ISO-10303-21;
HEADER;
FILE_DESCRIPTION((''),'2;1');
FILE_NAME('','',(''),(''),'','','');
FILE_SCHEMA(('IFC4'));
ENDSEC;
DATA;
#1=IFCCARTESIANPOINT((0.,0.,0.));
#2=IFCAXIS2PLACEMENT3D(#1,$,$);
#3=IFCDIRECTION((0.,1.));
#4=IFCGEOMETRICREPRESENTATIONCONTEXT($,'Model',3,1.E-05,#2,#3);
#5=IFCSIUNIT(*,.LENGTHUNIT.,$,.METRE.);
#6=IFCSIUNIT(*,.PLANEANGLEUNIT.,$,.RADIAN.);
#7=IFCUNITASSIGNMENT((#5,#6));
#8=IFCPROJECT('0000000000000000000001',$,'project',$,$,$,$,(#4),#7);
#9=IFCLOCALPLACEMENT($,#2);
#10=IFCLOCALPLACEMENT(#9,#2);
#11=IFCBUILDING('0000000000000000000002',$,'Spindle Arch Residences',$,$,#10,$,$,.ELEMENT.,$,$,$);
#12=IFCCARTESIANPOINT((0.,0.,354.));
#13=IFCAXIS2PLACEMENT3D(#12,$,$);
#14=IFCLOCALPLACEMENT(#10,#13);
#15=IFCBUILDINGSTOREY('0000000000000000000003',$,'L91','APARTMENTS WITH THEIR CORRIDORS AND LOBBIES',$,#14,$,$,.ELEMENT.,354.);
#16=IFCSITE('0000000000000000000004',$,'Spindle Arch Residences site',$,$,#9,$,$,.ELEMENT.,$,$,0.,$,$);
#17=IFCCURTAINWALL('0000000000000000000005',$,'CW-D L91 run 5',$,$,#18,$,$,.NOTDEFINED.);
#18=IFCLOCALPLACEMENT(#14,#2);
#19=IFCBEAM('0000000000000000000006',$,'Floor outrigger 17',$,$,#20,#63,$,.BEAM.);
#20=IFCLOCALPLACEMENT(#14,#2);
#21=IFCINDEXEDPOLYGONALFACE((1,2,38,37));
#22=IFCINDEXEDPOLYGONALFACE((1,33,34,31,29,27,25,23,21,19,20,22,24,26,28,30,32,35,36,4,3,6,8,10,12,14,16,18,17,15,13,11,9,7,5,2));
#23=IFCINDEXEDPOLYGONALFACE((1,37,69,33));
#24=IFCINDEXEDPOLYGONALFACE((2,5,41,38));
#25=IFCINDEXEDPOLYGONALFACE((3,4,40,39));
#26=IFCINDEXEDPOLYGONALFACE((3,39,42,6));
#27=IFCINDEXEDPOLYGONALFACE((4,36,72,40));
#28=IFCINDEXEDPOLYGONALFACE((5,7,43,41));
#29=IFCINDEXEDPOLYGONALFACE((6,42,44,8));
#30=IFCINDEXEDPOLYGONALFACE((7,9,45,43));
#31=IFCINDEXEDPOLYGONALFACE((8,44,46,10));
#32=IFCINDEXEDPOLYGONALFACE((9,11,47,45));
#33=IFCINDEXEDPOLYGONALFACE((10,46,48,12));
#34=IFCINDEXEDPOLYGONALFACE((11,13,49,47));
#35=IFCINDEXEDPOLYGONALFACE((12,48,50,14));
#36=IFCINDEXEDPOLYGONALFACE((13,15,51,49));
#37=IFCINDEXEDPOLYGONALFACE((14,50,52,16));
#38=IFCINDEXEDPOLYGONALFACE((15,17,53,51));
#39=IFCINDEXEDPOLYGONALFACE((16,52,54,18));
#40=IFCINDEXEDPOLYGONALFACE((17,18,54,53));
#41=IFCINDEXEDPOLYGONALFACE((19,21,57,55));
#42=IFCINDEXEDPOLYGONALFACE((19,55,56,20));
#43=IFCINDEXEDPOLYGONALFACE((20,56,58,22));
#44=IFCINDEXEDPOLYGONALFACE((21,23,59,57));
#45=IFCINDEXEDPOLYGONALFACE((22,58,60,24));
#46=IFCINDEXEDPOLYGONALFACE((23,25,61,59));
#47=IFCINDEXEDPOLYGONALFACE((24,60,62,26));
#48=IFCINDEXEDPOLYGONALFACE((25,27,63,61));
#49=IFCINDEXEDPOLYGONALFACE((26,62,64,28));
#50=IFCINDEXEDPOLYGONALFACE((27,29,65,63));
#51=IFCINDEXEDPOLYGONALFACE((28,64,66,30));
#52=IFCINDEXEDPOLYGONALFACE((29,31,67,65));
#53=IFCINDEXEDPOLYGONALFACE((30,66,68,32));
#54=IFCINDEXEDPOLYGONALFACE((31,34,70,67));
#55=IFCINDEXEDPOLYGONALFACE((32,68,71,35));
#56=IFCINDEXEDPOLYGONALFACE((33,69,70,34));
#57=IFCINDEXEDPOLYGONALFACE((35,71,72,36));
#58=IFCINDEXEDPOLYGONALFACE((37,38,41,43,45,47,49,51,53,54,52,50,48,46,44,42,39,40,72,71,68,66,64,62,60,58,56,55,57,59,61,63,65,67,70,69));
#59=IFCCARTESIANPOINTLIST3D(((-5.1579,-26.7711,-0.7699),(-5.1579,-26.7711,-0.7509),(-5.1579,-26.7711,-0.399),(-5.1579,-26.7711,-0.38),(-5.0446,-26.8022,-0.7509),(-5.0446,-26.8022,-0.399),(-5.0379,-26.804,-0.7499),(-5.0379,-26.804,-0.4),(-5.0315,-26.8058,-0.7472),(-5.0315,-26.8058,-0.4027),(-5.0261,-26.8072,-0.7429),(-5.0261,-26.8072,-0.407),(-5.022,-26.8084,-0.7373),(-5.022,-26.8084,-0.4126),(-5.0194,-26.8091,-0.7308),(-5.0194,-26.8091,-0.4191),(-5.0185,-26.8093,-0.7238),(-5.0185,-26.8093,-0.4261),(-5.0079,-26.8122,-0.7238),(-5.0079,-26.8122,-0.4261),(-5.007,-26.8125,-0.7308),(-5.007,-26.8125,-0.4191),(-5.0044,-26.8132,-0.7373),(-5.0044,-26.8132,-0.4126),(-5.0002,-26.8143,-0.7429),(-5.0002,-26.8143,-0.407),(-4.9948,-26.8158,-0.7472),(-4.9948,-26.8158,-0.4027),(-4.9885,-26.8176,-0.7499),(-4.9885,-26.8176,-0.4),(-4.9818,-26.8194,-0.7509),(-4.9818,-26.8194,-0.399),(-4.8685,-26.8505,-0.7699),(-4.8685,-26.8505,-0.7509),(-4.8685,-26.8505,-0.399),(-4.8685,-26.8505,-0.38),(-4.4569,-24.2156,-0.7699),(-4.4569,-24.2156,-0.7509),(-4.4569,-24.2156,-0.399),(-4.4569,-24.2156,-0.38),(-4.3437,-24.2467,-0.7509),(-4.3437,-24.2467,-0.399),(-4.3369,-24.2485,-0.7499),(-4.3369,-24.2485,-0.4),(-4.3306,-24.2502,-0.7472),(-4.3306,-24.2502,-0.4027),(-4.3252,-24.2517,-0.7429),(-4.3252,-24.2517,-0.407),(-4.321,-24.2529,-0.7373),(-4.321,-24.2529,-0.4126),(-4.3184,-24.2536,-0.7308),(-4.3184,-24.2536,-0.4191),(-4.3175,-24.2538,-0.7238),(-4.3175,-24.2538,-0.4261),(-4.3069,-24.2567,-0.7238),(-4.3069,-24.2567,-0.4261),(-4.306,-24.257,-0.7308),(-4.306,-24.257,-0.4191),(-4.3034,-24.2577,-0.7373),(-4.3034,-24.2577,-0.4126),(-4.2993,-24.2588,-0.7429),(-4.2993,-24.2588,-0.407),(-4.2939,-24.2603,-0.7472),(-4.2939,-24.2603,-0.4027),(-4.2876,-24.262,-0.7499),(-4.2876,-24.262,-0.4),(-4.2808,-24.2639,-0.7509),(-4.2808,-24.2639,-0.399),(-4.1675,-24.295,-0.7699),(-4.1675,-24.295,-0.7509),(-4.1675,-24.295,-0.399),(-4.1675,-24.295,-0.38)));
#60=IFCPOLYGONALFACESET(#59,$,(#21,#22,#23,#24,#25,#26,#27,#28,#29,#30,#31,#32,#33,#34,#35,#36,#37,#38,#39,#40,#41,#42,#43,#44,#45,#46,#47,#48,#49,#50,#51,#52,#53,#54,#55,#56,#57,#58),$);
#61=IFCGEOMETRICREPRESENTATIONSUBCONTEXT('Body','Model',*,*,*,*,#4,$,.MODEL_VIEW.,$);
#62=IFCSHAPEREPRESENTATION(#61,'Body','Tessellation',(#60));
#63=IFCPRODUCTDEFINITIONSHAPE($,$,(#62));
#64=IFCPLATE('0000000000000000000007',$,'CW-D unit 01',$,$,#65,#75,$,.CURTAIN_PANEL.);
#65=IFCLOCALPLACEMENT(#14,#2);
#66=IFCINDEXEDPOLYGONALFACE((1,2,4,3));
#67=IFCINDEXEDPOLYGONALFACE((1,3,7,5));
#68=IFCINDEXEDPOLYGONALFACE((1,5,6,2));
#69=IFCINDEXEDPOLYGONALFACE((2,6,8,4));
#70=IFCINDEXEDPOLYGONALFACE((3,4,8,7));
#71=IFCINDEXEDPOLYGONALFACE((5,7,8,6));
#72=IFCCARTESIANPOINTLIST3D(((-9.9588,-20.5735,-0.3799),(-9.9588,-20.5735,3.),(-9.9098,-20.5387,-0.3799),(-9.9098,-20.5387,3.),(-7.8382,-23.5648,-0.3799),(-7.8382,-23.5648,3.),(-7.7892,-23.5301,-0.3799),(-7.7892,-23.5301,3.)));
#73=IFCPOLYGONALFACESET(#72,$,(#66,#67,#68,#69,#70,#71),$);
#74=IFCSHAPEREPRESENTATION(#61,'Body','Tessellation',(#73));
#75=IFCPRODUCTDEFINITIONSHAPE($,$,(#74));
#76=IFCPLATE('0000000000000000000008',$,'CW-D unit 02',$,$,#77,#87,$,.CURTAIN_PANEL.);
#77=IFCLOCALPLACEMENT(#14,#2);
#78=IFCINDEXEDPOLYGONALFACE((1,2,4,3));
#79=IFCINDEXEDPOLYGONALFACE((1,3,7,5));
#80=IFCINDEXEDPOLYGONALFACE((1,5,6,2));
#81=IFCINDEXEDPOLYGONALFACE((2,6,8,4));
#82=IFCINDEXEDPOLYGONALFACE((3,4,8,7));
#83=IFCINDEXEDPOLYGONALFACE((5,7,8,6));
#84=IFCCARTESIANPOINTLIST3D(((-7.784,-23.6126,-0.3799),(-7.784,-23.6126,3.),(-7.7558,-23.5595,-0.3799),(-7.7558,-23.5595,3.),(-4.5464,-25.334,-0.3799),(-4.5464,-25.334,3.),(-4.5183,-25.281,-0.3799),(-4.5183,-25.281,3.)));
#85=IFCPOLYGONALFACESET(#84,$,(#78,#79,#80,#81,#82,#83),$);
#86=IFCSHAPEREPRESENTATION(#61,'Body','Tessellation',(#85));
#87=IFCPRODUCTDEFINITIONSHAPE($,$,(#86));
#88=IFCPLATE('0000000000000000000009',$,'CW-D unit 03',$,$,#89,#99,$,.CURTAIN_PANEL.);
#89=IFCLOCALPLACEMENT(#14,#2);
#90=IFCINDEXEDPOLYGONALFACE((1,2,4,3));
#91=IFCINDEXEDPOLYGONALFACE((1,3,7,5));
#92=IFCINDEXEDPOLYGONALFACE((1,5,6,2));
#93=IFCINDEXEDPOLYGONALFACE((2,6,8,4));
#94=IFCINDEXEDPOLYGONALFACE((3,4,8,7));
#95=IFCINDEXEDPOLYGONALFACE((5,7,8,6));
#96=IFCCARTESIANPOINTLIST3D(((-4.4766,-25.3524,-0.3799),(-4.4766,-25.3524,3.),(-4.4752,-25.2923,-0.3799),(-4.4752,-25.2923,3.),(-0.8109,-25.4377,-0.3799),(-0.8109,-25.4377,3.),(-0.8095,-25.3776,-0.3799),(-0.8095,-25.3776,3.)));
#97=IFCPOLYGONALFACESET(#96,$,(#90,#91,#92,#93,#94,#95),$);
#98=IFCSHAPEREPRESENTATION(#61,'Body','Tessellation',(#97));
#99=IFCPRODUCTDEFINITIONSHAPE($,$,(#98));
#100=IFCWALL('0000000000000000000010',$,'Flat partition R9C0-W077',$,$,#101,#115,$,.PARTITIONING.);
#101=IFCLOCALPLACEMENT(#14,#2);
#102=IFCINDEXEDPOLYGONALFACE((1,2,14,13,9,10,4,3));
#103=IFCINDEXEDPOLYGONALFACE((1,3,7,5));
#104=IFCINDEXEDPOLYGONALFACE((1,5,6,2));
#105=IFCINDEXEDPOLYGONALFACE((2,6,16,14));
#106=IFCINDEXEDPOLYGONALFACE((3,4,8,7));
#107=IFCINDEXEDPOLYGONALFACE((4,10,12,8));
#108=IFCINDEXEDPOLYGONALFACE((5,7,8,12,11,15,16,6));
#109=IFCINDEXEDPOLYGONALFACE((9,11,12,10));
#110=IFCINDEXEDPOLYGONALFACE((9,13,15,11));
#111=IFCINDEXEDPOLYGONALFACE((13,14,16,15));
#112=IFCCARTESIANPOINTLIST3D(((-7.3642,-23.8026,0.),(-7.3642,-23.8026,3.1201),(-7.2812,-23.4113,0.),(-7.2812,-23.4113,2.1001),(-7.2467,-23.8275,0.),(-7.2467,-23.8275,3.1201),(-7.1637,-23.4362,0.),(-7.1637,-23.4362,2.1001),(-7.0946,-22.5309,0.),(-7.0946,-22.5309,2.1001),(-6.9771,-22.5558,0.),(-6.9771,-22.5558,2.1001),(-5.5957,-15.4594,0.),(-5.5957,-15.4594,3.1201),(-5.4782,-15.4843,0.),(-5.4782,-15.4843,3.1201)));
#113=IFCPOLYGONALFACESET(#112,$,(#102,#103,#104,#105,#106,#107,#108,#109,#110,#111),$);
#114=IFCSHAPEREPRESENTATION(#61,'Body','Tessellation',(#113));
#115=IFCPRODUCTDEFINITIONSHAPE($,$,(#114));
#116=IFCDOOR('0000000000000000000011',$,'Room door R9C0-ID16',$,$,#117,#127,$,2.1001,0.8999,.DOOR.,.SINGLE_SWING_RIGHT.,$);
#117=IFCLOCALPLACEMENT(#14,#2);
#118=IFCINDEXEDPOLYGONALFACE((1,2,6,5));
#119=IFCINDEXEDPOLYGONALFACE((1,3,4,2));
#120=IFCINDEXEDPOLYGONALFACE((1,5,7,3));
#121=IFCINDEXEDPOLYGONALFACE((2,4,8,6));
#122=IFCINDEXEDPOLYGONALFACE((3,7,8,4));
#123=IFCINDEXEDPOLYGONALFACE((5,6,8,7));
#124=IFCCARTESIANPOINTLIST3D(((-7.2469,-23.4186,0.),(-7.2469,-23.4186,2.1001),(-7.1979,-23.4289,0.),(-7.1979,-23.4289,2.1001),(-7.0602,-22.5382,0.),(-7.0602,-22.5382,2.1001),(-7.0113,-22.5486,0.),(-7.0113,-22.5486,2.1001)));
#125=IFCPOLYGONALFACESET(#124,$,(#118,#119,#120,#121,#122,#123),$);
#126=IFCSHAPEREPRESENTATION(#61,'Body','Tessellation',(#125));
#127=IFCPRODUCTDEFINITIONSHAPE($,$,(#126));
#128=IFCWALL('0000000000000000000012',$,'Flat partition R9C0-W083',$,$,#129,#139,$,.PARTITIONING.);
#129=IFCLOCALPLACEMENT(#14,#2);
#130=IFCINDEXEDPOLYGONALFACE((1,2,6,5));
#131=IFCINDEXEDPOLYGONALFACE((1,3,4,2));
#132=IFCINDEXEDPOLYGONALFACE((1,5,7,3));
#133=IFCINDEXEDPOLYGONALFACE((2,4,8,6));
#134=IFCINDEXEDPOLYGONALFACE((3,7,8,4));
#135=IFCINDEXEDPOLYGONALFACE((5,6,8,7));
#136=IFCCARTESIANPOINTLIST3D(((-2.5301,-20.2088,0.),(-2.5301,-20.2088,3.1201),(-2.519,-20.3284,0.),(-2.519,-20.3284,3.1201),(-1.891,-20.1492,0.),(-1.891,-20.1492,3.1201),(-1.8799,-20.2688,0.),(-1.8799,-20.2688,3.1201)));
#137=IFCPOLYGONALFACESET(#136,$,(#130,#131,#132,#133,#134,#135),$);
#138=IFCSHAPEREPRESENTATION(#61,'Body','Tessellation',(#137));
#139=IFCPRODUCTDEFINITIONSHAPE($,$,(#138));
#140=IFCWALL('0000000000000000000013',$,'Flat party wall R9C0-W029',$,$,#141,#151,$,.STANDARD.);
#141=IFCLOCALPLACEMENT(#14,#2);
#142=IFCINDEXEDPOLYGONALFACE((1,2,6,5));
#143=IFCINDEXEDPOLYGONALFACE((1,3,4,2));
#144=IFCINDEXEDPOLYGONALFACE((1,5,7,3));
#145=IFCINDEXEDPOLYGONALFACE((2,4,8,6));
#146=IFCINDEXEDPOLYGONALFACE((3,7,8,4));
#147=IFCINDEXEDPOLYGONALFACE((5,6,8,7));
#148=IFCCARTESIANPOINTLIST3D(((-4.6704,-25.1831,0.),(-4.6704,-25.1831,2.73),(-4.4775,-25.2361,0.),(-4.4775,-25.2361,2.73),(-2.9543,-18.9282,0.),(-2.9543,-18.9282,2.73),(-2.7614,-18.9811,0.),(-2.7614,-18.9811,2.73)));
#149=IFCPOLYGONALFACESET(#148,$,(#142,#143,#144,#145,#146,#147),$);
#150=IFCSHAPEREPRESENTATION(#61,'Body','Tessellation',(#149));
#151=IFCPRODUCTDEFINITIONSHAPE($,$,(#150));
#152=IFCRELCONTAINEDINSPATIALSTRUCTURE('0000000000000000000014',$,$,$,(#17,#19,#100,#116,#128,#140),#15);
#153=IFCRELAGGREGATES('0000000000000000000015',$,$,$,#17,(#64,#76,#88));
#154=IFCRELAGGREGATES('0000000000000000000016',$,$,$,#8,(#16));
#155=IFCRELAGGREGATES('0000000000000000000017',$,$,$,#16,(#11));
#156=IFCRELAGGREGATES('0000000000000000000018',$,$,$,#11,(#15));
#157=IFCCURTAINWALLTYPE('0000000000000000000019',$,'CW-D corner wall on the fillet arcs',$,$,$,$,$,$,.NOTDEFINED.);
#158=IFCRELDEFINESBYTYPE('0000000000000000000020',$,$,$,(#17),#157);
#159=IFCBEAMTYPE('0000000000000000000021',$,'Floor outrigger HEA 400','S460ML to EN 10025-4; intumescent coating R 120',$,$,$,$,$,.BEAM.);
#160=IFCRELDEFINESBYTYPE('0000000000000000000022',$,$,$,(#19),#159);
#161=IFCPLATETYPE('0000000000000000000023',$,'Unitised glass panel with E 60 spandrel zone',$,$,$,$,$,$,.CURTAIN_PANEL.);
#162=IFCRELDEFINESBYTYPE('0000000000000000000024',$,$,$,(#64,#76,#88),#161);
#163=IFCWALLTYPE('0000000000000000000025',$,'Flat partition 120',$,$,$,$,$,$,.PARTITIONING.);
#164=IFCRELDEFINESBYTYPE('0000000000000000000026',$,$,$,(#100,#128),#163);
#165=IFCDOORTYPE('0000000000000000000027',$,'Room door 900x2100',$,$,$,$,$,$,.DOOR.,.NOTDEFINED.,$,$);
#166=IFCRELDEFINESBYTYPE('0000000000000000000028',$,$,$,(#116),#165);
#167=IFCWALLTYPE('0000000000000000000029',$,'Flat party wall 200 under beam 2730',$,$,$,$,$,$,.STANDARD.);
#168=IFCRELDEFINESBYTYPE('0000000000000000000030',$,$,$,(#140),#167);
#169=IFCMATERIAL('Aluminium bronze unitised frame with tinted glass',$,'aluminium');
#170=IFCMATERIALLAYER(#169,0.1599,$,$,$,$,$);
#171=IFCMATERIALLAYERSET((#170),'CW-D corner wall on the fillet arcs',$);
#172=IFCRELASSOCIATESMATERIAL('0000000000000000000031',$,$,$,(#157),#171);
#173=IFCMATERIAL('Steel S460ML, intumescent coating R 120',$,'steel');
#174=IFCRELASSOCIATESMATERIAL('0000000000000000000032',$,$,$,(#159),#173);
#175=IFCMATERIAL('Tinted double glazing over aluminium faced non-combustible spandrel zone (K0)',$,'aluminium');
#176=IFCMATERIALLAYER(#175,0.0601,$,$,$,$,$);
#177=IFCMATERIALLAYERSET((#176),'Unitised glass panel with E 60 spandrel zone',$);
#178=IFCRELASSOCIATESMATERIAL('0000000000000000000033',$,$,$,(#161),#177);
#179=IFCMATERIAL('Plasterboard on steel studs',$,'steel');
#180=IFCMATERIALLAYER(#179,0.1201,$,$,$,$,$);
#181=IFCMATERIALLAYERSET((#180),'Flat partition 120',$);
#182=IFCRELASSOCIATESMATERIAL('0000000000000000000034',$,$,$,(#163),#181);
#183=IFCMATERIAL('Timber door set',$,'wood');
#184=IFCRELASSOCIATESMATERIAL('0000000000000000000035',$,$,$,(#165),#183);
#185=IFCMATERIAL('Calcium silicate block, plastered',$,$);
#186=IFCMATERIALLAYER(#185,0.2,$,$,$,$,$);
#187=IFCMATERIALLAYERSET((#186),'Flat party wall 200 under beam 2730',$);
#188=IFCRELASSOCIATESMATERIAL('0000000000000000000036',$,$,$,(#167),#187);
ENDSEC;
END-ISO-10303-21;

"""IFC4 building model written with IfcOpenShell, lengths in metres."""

from ifc_helpers import new_model, si_unit, direction, frame, frame_2d, origin, origin_2d, place, context, subcontext, project, spatial, rectangle, i_section, extrude, material, layer, layer_set, material_profile, profile_set, type_object, element, fill, aggregate, save


model = new_model("IFC4")

# Units and contexts
model_context = context("Model", 3, precision=1e-05, world=origin(), true_north=direction((0.0, 1.0)))
body_context = subcontext(model_context, "Body", "Model", "MODEL_VIEW")
ifc_project = project(units=[si_unit("LENGTHUNIT", "METRE"), si_unit("PLANEANGLEUNIT", "RADIAN")], contexts=[model_context])

# Site, building, storey
site_placement = place(None, origin())
site = spatial("IfcSite", under=ifc_project, at=site_placement, Name="Spindle Arch Residences site", CompositionType="ELEMENT", RefElevation=0.0)
building_placement = place(site_placement, origin())
building = spatial("IfcBuilding", under=site, at=building_placement, Name="Spindle Arch Residences", CompositionType="ELEMENT")
storey_placement = place(building_placement, frame((0.0, 0.0, 354.0)))
storey = spatial("IfcBuildingStorey", under=building, at=storey_placement, Name="L91", Description="APARTMENTS WITH THEIR CORRIDORS AND LOBBIES", CompositionType="ELEMENT", Elevation=354.0)

# Curtain wall
ifc_material_1 = material(Name="Aluminium bronze unitised frame with tinted glass", Category="aluminium")
ifc_layer_1 = layer(ifc_material_1, 0.1599)
ifc_layer_set_1 = layer_set([ifc_layer_1], Name="CW-D corner wall on the fillet arcs")
curtain_wall_type = type_object("IfcCurtainWallType", Name="CW-D corner wall on the fillet arcs", PredefinedType="NOTDEFINED", material=ifc_layer_set_1)
curtain_wall_placement = place(storey_placement, origin())
curtain_wall = element("IfcCurtainWall", 1, at=curtain_wall_placement, inside=storey, type_object=curtain_wall_type, Name="CW-D L91 run 5", PredefinedType="NOTDEFINED")

# Beam
ifc_material_2 = material(Name="Steel S460ML, intumescent coating R 120", Category="steel")
ifc_material_profile_1 = material_profile(ifc_material_2, i_section(OverallWidth=0.3, OverallDepth=0.3899, WebThickness=0.011, FlangeThickness=0.019, FilletRadius=0.0271, at=origin_2d()), Name="HEA 400")
ifc_profile_set_1 = profile_set([ifc_material_profile_1], Name="Steel S460ML, intumescent coating R 120")
beam_type_1 = type_object("IfcBeamType", Name="Floor outrigger HEA 400", Description="S460ML to EN 10025-4; intumescent coating R 120", PredefinedType="BEAM", material=ifc_profile_set_1)
beam_1_placement = place(storey_placement, frame((-5.0132, -26.8108, -0.575), z_axis=(0.26452, 0.96438, 0.0), x_axis=(-0.96438, 0.26452, 0.0)))
element("IfcBeam", 2, at=beam_1_placement, inside=storey, type_object=beam_type_1, Name="Floor outrigger 17", PredefinedType="BEAM", context=body_context, shape_type="SweptSolid", body=[
    extrude(i_section(OverallWidth=0.3, OverallDepth=0.3899, WebThickness=0.011, FlangeThickness=0.019, FilletRadius=0.0271, at=origin_2d()), origin(), (0.0, 0.0, 1.0), 2.6499),
])

# Plates
ifc_material_3 = material(Name="Tinted double glazing over aluminium faced non-combustible spandrel zone (K0)", Category="aluminium")
ifc_layer_2 = layer(ifc_material_3, 0.0601)
ifc_layer_set_2 = layer_set([ifc_layer_2], Name="Unitised glass panel with E 60 spandrel zone")
plate_type = type_object("IfcPlateType", Name="Unitised glass panel with E 60 spandrel zone", PredefinedType="CURTAIN_PANEL", material=ifc_layer_set_2)
plate_1_placement = place(storey_placement, frame((-8.874, -22.0518, -0.3799), z_axis=(0.0, 0.0, 1.0), x_axis=(0.578332, -0.815801, 0.0)))
plate_1 = element("IfcPlate", 3, at=plate_1_placement, type_object=plate_type, Name="CW-D unit 01", PredefinedType="CURTAIN_PANEL", context=body_context, shape_type="SweptSolid", body=[
    extrude(rectangle(XDim=3.6667, YDim=0.0601, at=origin_2d()), origin(), (0.0, 0.0, 1.0), 3.3799),
])
plate_2_placement = place(storey_placement, frame((-6.1511, -24.4468, -0.3799), z_axis=(0.0, 0.0, 1.0), x_axis=(0.882948, -0.469472, 0.0)))
plate_2 = element("IfcPlate", 4, at=plate_2_placement, type_object=plate_type, Name="CW-D unit 02", PredefinedType="CURTAIN_PANEL", context=body_context, shape_type="SweptSolid", body=[
    extrude(rectangle(XDim=3.6667, YDim=0.0601, at=origin_2d()), origin(), (0.0, 0.0, 1.0), 3.3799),
])
plate_3_placement = place(storey_placement, frame((-2.6431, -25.365, -0.3799), z_axis=(0.0, 0.0, 1.0), x_axis=(0.999729, -0.023269, 0.0)))
plate_3 = element("IfcPlate", 5, at=plate_3_placement, type_object=plate_type, Name="CW-D unit 03", PredefinedType="CURTAIN_PANEL", context=body_context, shape_type="SweptSolid", body=[
    extrude(rectangle(XDim=3.6667, YDim=0.0601, at=origin_2d()), origin(), (0.0, 0.0, 1.0), 3.3799),
])
aggregate(curtain_wall, [plate_1, plate_2, plate_3])

# Wall, opening, door
ifc_material_4 = material(Name="Plasterboard on steel studs", Category="steel")
ifc_layer_3 = layer(ifc_material_4, 0.1201)
ifc_layer_set_3 = layer_set([ifc_layer_3], Name="Flat partition 120")
wall_type_1 = type_object("IfcWallType", Name="Flat partition 120", PredefinedType="PARTITIONING", material=ifc_layer_set_3)
wall_1_placement = place(storey_placement, frame((-7.3054, -23.8149, 0.0), z_axis=(0.0, 0.0, 1.0), x_axis=(0.207366, 0.978263, 0.0)))
wall_1 = element("IfcWall", 6, at=wall_1_placement, inside=storey, type_object=wall_type_1, Name="Flat partition R9C0-W077", PredefinedType="PARTITIONING", context=body_context, shape_type="SweptSolid", body=[
    extrude(rectangle(XDim=8.5286, YDim=0.1201, at=frame_2d((4.2642, 0.0))), origin(), (0.0, 0.0, 1.0), 3.1201),
])
opening_placement = place(wall_1_placement, frame((0.3999, 0.0, 0.0)))
opening = element("IfcOpeningElement", 7, at=opening_placement, cuts=wall_1, PredefinedType="OPENING", context=body_context, shape_type="SweptSolid", body=[
    extrude(rectangle(XDim=0.8999, YDim=2.1001, at=frame_2d((0.45, 1.05))), frame((0.0, 0.0701, 0.0), z_axis=(0.0, -1.0, 0.0), x_axis=(1.0, 0.0, 0.0)), (0.0, 0.0, 1.0), 0.1401),
])
ifc_material_5 = material(Name="Timber door set", Category="wood")
door_type = type_object("IfcDoorType", Name="Room door 900x2100", OperationType="NOTDEFINED", PredefinedType="DOOR", material=ifc_material_5)
door_placement = place(opening_placement, origin())
door = element("IfcDoor", 8, at=door_placement, inside=storey, type_object=door_type, Name="Room door R9C0-ID16", OperationType="SINGLE_SWING_RIGHT", OverallHeight=2.1001, OverallWidth=0.8999, PredefinedType="DOOR", context=body_context, shape_type="SweptSolid", body=[
    extrude(rectangle(XDim=0.8999, YDim=2.1001, at=frame_2d((0.45, 1.05))), frame((0.0, 0.0249, 0.0), z_axis=(0.0, -1.0, 0.0), x_axis=(1.0, 0.0, 0.0)), (0.0, 0.0, 1.0), 0.05),
])
fill(opening, door)

# Walls
wall_2_placement = place(storey_placement, frame((-2.5244, -20.2686, 0.0), z_axis=(0.0, 0.0, 1.0), x_axis=(0.995685, 0.092799, 0.0)))
element("IfcWall", 9, at=wall_2_placement, inside=storey, type_object=wall_type_1, Name="Flat partition R9C0-W083", PredefinedType="PARTITIONING", context=body_context, shape_type="SweptSolid", body=[
    extrude(rectangle(XDim=0.6418, YDim=0.1201, at=frame_2d((0.3208, 0.0))), origin(), (0.0, 0.0, 1.0), 3.1201),
])
ifc_material_6 = material(Name="Calcium silicate block, plastered")
ifc_layer_4 = layer(ifc_material_6, 0.2)
ifc_layer_set_4 = layer_set([ifc_layer_4], Name="Flat party wall 200 under beam 2730")
wall_type_2 = type_object("IfcWallType", Name="Flat party wall 200 under beam 2730", PredefinedType="STANDARD", material=ifc_layer_set_4)
wall_3_placement = place(storey_placement, frame((-4.574, -25.2097, 0.0), z_axis=(0.0, 0.0, 1.0), x_axis=(0.264579, 0.964364, 0.0)))
element("IfcWall", 10, at=wall_3_placement, inside=storey, type_object=wall_type_2, Name="Flat party wall R9C0-W029", PredefinedType="STANDARD", context=body_context, shape_type="SweptSolid", body=[
    extrude(rectangle(XDim=6.4861, YDim=0.2, at=frame_2d((3.2432, 0.0))), origin(), (0.0, 0.0, 1.0), 2.73),
])

save(model, "model.ifc")
